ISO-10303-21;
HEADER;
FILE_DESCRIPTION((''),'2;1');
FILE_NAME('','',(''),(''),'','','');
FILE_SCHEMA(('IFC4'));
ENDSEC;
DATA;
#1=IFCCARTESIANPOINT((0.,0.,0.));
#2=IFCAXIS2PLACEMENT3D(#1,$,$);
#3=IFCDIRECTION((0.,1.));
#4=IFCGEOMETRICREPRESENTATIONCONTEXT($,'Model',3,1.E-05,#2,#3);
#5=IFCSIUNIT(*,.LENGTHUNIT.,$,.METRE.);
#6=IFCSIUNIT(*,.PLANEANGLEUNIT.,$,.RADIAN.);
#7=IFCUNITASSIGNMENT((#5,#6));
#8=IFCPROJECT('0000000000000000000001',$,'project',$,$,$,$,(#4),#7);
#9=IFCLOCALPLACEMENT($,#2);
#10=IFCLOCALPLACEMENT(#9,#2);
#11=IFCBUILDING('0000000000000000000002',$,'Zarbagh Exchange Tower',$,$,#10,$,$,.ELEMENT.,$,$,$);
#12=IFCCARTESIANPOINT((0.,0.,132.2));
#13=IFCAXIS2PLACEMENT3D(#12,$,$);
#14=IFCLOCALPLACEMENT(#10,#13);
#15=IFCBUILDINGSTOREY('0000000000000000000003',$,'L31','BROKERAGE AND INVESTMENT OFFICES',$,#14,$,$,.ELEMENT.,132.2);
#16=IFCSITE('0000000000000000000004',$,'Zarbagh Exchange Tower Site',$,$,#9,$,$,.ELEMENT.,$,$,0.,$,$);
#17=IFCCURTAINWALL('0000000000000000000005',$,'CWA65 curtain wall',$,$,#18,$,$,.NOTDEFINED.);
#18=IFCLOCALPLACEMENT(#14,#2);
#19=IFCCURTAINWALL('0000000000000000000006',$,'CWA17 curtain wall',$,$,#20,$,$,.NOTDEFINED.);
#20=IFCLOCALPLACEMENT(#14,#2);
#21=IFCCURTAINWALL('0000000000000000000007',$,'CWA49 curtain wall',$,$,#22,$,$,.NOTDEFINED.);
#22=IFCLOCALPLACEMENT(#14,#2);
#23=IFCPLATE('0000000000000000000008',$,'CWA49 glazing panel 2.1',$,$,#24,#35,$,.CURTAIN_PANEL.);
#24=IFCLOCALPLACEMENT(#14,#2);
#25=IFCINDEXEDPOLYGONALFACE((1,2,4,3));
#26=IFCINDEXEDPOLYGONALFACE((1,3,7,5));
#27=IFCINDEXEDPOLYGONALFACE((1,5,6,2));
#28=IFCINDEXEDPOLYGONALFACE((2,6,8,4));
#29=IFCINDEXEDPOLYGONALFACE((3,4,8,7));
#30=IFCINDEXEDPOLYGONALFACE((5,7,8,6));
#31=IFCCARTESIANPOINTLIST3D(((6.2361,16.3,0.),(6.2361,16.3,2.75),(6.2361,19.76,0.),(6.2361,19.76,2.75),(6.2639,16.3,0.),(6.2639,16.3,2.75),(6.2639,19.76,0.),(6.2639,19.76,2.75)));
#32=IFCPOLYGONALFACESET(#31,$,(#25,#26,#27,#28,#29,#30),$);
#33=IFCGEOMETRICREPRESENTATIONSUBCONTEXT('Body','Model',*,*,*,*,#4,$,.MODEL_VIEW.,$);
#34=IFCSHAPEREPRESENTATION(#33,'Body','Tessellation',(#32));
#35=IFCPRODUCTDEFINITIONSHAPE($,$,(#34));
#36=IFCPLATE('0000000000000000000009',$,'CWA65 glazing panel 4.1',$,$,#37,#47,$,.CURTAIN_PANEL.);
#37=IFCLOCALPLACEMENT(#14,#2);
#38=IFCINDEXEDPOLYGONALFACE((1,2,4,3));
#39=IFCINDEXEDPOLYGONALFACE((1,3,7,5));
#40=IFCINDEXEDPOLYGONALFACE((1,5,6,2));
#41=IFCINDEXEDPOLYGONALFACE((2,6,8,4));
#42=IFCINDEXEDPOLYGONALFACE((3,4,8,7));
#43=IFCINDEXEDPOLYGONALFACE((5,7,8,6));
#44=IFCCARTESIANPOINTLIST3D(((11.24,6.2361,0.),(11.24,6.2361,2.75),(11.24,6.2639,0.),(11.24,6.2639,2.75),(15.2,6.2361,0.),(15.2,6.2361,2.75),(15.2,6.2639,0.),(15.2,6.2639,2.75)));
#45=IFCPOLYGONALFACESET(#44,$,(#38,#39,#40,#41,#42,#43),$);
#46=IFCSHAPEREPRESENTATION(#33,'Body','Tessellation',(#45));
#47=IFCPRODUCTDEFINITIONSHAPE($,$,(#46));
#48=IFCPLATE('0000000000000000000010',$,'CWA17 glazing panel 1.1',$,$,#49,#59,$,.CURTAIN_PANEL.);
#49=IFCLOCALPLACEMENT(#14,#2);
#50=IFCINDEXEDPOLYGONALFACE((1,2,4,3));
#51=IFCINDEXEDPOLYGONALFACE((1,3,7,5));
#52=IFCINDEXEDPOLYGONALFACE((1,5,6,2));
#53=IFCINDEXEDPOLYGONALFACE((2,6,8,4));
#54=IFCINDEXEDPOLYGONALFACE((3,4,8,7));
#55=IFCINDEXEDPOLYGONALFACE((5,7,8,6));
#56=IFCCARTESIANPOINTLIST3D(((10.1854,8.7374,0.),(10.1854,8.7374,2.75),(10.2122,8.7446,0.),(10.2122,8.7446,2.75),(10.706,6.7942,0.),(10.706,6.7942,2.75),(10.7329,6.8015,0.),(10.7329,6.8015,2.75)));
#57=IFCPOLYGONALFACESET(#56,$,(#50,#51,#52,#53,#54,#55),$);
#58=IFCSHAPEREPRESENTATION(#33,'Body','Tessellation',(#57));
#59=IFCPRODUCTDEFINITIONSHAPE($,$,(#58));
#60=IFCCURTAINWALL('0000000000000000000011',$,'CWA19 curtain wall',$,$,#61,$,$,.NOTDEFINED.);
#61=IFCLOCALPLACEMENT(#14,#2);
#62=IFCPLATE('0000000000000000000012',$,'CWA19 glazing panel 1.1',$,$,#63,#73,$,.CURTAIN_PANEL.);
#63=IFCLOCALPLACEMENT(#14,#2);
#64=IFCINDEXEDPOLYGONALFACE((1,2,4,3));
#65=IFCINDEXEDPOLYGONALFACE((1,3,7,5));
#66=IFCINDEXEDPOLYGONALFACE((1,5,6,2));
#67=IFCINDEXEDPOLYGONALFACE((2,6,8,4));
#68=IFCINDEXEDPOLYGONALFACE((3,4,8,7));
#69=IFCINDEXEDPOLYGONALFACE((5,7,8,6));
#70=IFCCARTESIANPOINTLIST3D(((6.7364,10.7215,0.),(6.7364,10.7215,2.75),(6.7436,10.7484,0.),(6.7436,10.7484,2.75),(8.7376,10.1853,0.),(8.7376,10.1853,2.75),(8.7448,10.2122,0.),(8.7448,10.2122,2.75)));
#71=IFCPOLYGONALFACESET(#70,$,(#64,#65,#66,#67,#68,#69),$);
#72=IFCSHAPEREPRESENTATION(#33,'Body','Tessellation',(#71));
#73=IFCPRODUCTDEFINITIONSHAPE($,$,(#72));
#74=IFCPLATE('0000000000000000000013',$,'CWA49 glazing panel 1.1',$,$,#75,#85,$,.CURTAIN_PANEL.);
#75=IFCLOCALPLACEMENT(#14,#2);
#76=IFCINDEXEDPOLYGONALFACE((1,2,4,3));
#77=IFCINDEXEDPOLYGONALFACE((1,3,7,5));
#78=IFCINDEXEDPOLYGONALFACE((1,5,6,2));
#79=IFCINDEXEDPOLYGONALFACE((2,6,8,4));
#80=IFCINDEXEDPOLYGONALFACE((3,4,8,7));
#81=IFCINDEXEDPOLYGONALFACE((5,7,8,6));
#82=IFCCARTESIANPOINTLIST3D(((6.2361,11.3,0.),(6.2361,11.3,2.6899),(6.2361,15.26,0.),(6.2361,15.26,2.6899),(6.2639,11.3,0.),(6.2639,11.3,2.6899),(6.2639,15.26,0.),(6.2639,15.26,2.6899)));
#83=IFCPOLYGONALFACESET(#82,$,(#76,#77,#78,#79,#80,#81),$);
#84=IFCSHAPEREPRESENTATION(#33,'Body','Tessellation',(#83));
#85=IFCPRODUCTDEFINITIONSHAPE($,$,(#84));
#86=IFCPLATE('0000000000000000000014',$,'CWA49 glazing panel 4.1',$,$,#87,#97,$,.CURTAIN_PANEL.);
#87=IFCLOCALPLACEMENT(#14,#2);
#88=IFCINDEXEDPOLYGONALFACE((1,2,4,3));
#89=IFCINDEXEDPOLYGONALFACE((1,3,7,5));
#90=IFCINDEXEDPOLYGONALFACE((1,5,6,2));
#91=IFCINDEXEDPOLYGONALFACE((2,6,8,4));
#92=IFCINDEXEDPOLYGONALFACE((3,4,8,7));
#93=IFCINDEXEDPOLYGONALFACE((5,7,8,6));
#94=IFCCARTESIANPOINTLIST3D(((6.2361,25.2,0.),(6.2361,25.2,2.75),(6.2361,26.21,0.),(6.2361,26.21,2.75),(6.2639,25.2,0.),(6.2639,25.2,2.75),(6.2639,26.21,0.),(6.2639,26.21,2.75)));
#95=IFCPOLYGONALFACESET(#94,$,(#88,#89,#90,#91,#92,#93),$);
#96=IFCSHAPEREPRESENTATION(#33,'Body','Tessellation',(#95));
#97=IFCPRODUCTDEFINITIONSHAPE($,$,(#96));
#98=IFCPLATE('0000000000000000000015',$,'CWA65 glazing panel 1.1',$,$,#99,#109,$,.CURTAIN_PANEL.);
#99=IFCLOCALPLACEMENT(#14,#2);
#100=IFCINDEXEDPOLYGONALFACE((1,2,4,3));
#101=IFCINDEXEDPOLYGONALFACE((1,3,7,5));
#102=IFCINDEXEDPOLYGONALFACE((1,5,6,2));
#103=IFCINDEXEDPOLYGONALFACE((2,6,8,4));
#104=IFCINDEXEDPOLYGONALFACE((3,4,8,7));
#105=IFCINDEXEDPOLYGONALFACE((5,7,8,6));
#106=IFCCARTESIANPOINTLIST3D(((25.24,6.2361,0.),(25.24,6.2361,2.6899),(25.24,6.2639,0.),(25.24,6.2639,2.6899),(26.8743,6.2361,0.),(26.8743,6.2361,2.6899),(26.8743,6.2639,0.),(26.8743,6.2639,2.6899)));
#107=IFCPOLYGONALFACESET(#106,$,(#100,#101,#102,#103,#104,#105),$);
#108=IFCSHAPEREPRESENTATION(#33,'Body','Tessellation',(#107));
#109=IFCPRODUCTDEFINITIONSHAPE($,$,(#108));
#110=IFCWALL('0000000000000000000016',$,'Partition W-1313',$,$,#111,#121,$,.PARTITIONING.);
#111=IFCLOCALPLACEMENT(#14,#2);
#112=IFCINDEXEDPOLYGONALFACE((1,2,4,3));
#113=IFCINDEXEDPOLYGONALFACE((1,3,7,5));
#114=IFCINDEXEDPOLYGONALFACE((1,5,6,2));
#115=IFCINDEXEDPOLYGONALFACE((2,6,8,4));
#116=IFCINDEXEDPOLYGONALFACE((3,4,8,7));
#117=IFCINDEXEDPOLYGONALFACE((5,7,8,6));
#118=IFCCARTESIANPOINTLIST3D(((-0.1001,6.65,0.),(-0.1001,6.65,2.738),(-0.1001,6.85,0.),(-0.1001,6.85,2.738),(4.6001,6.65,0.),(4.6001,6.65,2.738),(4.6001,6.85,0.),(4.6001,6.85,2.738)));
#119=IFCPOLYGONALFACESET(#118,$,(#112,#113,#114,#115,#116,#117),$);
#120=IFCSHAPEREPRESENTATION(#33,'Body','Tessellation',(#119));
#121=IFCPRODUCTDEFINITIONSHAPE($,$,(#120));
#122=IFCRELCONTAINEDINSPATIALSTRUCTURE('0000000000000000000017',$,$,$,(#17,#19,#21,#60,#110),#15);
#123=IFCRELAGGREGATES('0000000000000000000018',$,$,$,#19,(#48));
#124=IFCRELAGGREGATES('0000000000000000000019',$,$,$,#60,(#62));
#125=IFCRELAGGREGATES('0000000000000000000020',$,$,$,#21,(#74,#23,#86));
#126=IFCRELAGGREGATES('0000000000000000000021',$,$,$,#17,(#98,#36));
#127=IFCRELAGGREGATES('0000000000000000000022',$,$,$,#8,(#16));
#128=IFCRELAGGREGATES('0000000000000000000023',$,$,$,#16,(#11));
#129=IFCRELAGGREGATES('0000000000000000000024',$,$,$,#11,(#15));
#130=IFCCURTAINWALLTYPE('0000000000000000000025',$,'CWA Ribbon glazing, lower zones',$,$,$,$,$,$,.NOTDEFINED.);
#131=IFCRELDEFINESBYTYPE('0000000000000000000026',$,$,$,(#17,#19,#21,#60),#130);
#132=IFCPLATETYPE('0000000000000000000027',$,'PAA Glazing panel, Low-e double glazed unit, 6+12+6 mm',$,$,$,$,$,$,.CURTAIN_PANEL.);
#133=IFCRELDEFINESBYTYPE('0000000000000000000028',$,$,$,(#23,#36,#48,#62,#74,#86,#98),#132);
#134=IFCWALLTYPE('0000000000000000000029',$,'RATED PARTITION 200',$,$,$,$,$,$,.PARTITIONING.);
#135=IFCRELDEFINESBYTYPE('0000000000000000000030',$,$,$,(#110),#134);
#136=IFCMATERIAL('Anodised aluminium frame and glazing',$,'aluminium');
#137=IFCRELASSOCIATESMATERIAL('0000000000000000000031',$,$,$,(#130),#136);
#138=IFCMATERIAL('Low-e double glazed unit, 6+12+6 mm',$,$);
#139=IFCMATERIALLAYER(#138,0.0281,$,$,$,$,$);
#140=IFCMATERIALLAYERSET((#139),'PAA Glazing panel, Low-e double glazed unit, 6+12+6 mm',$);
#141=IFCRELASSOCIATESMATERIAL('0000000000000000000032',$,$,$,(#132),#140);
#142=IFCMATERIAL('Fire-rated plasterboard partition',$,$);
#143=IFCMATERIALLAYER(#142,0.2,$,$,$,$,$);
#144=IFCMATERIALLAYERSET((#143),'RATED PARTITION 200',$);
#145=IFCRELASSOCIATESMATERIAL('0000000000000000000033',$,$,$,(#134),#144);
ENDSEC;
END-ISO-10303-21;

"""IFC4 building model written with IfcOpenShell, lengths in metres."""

from ifc_helpers import new_model, si_unit, direction, frame, frame_2d, origin, place, context, subcontext, project, spatial, polyline, rectangle, outline, extrude, source, transform, mapped, material, layer, layer_set, type_object, element, aggregate, save


model = new_model("IFC4")

# Units and contexts
model_context = context("Model", 3, precision=1e-05, world=origin(), true_north=direction((0.0, 1.0)))
body_context = subcontext(model_context, "Body", "Model", "MODEL_VIEW")
ifc_project = project(units=[si_unit("LENGTHUNIT", "METRE"), si_unit("PLANEANGLEUNIT", "RADIAN")], contexts=[model_context])

# Site, building, storey
site_placement = place(None, origin())
site = spatial("IfcSite", under=ifc_project, at=site_placement, Name="Zarbagh Exchange Tower Site", CompositionType="ELEMENT", RefElevation=0.0)
building_placement = place(site_placement, origin())
building = spatial("IfcBuilding", under=site, at=building_placement, Name="Zarbagh Exchange Tower", CompositionType="ELEMENT")
storey_placement = place(building_placement, frame((0.0, 0.0, 132.2)))
storey = spatial("IfcBuildingStorey", under=building, at=storey_placement, Name="L31", Description="BROKERAGE AND INVESTMENT OFFICES", CompositionType="ELEMENT", Elevation=132.2)

# Curtain wall
ifc_material_1 = material(Name="Anodised aluminium frame and glazing", Category="aluminium")
curtain_wall_type = type_object("IfcCurtainWallType", Name="CWA Ribbon glazing, lower zones", PredefinedType="NOTDEFINED", material=ifc_material_1)
curtain_wall_1_placement = place(storey_placement, origin())
curtain_wall_1 = element("IfcCurtainWall", 1, at=curtain_wall_1_placement, inside=storey, type_object=curtain_wall_type, Name="CWA65 curtain wall", PredefinedType="NOTDEFINED")
placement = place(storey_placement, origin())

# Curtain wall
curtain_wall_2_placement = place(storey_placement, origin())
curtain_wall_2 = element("IfcCurtainWall", 2, at=curtain_wall_2_placement, inside=storey, type_object=curtain_wall_type, Name="CWA17 curtain wall", PredefinedType="NOTDEFINED")

# Curtain wall
curtain_wall_3_placement = place(storey_placement, origin())
curtain_wall_3 = element("IfcCurtainWall", 3, at=curtain_wall_3_placement, inside=storey, type_object=curtain_wall_type, Name="CWA49 curtain wall", PredefinedType="NOTDEFINED")

# Shared definitions
ifc_material_2 = material(Name="Low-e double glazed unit, 6+12+6 mm")
ifc_layer_1 = layer(ifc_material_2, 0.0281)
ifc_layer_set_1 = layer_set([ifc_layer_1], Name="PAA Glazing panel, Low-e double glazed unit, 6+12+6 mm")
plate_type = type_object("IfcPlateType", Name="PAA Glazing panel, Low-e double glazed unit, 6+12+6 mm", PredefinedType="CURTAIN_PANEL", material=ifc_layer_set_1)

# Plates
shared_shape_1 = source(origin(), body_context, "Body", "SweptSolid", [
    extrude(outline(polyline([(0.0, -0.0139), (3.46, -0.0139), (3.46, 0.0139), (0.0, 0.0139), (0.0, -0.0139)])), origin(), (0.0, 0.0, 1.0), 2.75),
])
plate_1 = element("IfcPlate", 4, at=placement, type_object=plate_type, Name="CWA49 glazing panel 2.1", PredefinedType="CURTAIN_PANEL", context=body_context, shape_type="MappedRepresentation", body=[
    mapped(shared_shape_1, transform((6.25, 16.3, 0.0), x_axis=(0.0, 1.0, 0.0), y_axis=(-1.0, 0.0, 0.0), z_axis=(0.0, 0.0, 1.0))),
])
shared_shape_2 = source(origin(), body_context, "Body", "SweptSolid", [
    extrude(outline(polyline([(0.0, -0.0139), (3.96, -0.0139), (3.96, 0.0139), (0.0, 0.0139), (0.0, -0.0139)])), origin(), (0.0, 0.0, 1.0), 2.75),
])
plate_2 = element("IfcPlate", 5, at=placement, type_object=plate_type, Name="CWA65 glazing panel 4.1", PredefinedType="CURTAIN_PANEL", context=body_context, shape_type="MappedRepresentation", body=[
    mapped(shared_shape_2, transform((15.2, 6.25, 0.0), x_axis=(-1.0, 0.0, 0.0), y_axis=(0.0, -1.0, 0.0), z_axis=(0.0, 0.0, 1.0))),
])
shared_shape_3 = source(origin(), body_context, "Body", "SweptSolid", [
    extrude(outline(polyline([(0.0, -0.0139), (2.0117, -0.0139), (2.0117, 0.0139), (0.0, 0.0139), (0.0, -0.0139)])), origin(), (0.0, 0.0, 1.0), 2.75),
])
plate_3 = element("IfcPlate", 6, at=placement, type_object=plate_type, Name="CWA17 glazing panel 1.1", PredefinedType="CURTAIN_PANEL", context=body_context, shape_type="MappedRepresentation", body=[
    mapped(shared_shape_3, transform((10.7195, 6.7979, 0.0), x_axis=(-0.258825, 0.965924, 0.0), y_axis=(-0.965924, -0.258825, 0.0), z_axis=(0.0, 0.0, 1.0))),
])
aggregate(curtain_wall_2, [plate_3])

# Curtain wall, plate
curtain_wall_4_placement = place(storey_placement, origin())
curtain_wall_4 = element("IfcCurtainWall", 7, at=curtain_wall_4_placement, inside=storey, type_object=curtain_wall_type, Name="CWA19 curtain wall", PredefinedType="NOTDEFINED")
shared_shape_4 = source(origin(), body_context, "Body", "SweptSolid", [
    extrude(outline(polyline([(0.0, -0.0139), (2.0718, -0.0139), (2.0718, 0.0139), (0.0, 0.0139), (0.0, -0.0139)])), origin(), (0.0, 0.0, 1.0), 2.75),
])
plate_4 = element("IfcPlate", 8, at=placement, type_object=plate_type, Name="CWA19 glazing panel 1.1", PredefinedType="CURTAIN_PANEL", context=body_context, shape_type="MappedRepresentation", body=[
    mapped(shared_shape_4, transform((8.7412, 10.1987, 0.0), x_axis=(-0.965924, 0.258825, 0.0), y_axis=(-0.258825, -0.965924, 0.0), z_axis=(0.0, 0.0, 1.0))),
])
aggregate(curtain_wall_4, [plate_4])

# Plates
shared_shape_5 = source(origin(), body_context, "Body", "SweptSolid", [
    extrude(outline(polyline([(0.0, -0.0139), (3.96, -0.0139), (3.96, 0.0139), (0.0, 0.0139), (0.0, -0.0139)])), origin(), (0.0, 0.0, 1.0), 2.6899),
])
plate_5 = element("IfcPlate", 9, at=placement, type_object=plate_type, Name="CWA49 glazing panel 1.1", PredefinedType="CURTAIN_PANEL", context=body_context, shape_type="MappedRepresentation", body=[
    mapped(shared_shape_5, transform((6.25, 11.3, 0.0), x_axis=(0.0, 1.0, 0.0), y_axis=(-1.0, 0.0, 0.0), z_axis=(0.0, 0.0, 1.0))),
])
shared_shape_6 = source(origin(), body_context, "Body", "SweptSolid", [
    extrude(outline(polyline([(0.0, -0.0139), (1.01, -0.0139), (1.01, 0.0139), (0.0, 0.0139), (0.0, -0.0139)])), origin(), (0.0, 0.0, 1.0), 2.75),
])
plate_6 = element("IfcPlate", 10, at=placement, type_object=plate_type, Name="CWA49 glazing panel 4.1", PredefinedType="CURTAIN_PANEL", context=body_context, shape_type="MappedRepresentation", body=[
    mapped(shared_shape_6, transform((6.25, 25.2, 0.0), x_axis=(0.0, 1.0, 0.0), y_axis=(-1.0, 0.0, 0.0), z_axis=(0.0, 0.0, 1.0))),
])
aggregate(curtain_wall_3, [plate_5, plate_1, plate_6])
shared_shape_7 = source(origin(), body_context, "Body", "SweptSolid", [
    extrude(outline(polyline([(0.0, -0.0139), (1.6343, -0.0139), (1.6343, 0.0139), (0.0, 0.0139), (0.0, -0.0139)])), origin(), (0.0, 0.0, 1.0), 2.6899),
])
plate_7 = element("IfcPlate", 11, at=placement, type_object=plate_type, Name="CWA65 glazing panel 1.1", PredefinedType="CURTAIN_PANEL", context=body_context, shape_type="MappedRepresentation", body=[
    mapped(shared_shape_7, transform((26.8743, 6.25, 0.0), x_axis=(-1.0, 0.0, 0.0), y_axis=(0.0, -1.0, 0.0), z_axis=(0.0, 0.0, 1.0))),
])
aggregate(curtain_wall_1, [plate_7, plate_2])

# Wall
ifc_material_3 = material(Name="Fire-rated plasterboard partition")
ifc_layer_2 = layer(ifc_material_3, 0.2)
ifc_layer_set_2 = layer_set([ifc_layer_2], Name="RATED PARTITION 200")
wall_type = type_object("IfcWallType", Name="RATED PARTITION 200", PredefinedType="PARTITIONING", material=ifc_layer_set_2)
wall_placement = place(storey_placement, frame((-0.1001, 6.75, 0.0), z_axis=(0.0, 0.0, 1.0), x_axis=(1.0, 0.0, 0.0)))
element("IfcWall", 12, at=wall_placement, inside=storey, type_object=wall_type, Name="Partition W-1313", PredefinedType="PARTITIONING", context=body_context, shape_type="SweptSolid", body=[
    extrude(rectangle(XDim=4.7002, YDim=0.2, at=frame_2d((2.3501, 0.0))), origin(), (0.0, 0.0, 1.0), 2.738),
])

save(model, "model.ifc")
